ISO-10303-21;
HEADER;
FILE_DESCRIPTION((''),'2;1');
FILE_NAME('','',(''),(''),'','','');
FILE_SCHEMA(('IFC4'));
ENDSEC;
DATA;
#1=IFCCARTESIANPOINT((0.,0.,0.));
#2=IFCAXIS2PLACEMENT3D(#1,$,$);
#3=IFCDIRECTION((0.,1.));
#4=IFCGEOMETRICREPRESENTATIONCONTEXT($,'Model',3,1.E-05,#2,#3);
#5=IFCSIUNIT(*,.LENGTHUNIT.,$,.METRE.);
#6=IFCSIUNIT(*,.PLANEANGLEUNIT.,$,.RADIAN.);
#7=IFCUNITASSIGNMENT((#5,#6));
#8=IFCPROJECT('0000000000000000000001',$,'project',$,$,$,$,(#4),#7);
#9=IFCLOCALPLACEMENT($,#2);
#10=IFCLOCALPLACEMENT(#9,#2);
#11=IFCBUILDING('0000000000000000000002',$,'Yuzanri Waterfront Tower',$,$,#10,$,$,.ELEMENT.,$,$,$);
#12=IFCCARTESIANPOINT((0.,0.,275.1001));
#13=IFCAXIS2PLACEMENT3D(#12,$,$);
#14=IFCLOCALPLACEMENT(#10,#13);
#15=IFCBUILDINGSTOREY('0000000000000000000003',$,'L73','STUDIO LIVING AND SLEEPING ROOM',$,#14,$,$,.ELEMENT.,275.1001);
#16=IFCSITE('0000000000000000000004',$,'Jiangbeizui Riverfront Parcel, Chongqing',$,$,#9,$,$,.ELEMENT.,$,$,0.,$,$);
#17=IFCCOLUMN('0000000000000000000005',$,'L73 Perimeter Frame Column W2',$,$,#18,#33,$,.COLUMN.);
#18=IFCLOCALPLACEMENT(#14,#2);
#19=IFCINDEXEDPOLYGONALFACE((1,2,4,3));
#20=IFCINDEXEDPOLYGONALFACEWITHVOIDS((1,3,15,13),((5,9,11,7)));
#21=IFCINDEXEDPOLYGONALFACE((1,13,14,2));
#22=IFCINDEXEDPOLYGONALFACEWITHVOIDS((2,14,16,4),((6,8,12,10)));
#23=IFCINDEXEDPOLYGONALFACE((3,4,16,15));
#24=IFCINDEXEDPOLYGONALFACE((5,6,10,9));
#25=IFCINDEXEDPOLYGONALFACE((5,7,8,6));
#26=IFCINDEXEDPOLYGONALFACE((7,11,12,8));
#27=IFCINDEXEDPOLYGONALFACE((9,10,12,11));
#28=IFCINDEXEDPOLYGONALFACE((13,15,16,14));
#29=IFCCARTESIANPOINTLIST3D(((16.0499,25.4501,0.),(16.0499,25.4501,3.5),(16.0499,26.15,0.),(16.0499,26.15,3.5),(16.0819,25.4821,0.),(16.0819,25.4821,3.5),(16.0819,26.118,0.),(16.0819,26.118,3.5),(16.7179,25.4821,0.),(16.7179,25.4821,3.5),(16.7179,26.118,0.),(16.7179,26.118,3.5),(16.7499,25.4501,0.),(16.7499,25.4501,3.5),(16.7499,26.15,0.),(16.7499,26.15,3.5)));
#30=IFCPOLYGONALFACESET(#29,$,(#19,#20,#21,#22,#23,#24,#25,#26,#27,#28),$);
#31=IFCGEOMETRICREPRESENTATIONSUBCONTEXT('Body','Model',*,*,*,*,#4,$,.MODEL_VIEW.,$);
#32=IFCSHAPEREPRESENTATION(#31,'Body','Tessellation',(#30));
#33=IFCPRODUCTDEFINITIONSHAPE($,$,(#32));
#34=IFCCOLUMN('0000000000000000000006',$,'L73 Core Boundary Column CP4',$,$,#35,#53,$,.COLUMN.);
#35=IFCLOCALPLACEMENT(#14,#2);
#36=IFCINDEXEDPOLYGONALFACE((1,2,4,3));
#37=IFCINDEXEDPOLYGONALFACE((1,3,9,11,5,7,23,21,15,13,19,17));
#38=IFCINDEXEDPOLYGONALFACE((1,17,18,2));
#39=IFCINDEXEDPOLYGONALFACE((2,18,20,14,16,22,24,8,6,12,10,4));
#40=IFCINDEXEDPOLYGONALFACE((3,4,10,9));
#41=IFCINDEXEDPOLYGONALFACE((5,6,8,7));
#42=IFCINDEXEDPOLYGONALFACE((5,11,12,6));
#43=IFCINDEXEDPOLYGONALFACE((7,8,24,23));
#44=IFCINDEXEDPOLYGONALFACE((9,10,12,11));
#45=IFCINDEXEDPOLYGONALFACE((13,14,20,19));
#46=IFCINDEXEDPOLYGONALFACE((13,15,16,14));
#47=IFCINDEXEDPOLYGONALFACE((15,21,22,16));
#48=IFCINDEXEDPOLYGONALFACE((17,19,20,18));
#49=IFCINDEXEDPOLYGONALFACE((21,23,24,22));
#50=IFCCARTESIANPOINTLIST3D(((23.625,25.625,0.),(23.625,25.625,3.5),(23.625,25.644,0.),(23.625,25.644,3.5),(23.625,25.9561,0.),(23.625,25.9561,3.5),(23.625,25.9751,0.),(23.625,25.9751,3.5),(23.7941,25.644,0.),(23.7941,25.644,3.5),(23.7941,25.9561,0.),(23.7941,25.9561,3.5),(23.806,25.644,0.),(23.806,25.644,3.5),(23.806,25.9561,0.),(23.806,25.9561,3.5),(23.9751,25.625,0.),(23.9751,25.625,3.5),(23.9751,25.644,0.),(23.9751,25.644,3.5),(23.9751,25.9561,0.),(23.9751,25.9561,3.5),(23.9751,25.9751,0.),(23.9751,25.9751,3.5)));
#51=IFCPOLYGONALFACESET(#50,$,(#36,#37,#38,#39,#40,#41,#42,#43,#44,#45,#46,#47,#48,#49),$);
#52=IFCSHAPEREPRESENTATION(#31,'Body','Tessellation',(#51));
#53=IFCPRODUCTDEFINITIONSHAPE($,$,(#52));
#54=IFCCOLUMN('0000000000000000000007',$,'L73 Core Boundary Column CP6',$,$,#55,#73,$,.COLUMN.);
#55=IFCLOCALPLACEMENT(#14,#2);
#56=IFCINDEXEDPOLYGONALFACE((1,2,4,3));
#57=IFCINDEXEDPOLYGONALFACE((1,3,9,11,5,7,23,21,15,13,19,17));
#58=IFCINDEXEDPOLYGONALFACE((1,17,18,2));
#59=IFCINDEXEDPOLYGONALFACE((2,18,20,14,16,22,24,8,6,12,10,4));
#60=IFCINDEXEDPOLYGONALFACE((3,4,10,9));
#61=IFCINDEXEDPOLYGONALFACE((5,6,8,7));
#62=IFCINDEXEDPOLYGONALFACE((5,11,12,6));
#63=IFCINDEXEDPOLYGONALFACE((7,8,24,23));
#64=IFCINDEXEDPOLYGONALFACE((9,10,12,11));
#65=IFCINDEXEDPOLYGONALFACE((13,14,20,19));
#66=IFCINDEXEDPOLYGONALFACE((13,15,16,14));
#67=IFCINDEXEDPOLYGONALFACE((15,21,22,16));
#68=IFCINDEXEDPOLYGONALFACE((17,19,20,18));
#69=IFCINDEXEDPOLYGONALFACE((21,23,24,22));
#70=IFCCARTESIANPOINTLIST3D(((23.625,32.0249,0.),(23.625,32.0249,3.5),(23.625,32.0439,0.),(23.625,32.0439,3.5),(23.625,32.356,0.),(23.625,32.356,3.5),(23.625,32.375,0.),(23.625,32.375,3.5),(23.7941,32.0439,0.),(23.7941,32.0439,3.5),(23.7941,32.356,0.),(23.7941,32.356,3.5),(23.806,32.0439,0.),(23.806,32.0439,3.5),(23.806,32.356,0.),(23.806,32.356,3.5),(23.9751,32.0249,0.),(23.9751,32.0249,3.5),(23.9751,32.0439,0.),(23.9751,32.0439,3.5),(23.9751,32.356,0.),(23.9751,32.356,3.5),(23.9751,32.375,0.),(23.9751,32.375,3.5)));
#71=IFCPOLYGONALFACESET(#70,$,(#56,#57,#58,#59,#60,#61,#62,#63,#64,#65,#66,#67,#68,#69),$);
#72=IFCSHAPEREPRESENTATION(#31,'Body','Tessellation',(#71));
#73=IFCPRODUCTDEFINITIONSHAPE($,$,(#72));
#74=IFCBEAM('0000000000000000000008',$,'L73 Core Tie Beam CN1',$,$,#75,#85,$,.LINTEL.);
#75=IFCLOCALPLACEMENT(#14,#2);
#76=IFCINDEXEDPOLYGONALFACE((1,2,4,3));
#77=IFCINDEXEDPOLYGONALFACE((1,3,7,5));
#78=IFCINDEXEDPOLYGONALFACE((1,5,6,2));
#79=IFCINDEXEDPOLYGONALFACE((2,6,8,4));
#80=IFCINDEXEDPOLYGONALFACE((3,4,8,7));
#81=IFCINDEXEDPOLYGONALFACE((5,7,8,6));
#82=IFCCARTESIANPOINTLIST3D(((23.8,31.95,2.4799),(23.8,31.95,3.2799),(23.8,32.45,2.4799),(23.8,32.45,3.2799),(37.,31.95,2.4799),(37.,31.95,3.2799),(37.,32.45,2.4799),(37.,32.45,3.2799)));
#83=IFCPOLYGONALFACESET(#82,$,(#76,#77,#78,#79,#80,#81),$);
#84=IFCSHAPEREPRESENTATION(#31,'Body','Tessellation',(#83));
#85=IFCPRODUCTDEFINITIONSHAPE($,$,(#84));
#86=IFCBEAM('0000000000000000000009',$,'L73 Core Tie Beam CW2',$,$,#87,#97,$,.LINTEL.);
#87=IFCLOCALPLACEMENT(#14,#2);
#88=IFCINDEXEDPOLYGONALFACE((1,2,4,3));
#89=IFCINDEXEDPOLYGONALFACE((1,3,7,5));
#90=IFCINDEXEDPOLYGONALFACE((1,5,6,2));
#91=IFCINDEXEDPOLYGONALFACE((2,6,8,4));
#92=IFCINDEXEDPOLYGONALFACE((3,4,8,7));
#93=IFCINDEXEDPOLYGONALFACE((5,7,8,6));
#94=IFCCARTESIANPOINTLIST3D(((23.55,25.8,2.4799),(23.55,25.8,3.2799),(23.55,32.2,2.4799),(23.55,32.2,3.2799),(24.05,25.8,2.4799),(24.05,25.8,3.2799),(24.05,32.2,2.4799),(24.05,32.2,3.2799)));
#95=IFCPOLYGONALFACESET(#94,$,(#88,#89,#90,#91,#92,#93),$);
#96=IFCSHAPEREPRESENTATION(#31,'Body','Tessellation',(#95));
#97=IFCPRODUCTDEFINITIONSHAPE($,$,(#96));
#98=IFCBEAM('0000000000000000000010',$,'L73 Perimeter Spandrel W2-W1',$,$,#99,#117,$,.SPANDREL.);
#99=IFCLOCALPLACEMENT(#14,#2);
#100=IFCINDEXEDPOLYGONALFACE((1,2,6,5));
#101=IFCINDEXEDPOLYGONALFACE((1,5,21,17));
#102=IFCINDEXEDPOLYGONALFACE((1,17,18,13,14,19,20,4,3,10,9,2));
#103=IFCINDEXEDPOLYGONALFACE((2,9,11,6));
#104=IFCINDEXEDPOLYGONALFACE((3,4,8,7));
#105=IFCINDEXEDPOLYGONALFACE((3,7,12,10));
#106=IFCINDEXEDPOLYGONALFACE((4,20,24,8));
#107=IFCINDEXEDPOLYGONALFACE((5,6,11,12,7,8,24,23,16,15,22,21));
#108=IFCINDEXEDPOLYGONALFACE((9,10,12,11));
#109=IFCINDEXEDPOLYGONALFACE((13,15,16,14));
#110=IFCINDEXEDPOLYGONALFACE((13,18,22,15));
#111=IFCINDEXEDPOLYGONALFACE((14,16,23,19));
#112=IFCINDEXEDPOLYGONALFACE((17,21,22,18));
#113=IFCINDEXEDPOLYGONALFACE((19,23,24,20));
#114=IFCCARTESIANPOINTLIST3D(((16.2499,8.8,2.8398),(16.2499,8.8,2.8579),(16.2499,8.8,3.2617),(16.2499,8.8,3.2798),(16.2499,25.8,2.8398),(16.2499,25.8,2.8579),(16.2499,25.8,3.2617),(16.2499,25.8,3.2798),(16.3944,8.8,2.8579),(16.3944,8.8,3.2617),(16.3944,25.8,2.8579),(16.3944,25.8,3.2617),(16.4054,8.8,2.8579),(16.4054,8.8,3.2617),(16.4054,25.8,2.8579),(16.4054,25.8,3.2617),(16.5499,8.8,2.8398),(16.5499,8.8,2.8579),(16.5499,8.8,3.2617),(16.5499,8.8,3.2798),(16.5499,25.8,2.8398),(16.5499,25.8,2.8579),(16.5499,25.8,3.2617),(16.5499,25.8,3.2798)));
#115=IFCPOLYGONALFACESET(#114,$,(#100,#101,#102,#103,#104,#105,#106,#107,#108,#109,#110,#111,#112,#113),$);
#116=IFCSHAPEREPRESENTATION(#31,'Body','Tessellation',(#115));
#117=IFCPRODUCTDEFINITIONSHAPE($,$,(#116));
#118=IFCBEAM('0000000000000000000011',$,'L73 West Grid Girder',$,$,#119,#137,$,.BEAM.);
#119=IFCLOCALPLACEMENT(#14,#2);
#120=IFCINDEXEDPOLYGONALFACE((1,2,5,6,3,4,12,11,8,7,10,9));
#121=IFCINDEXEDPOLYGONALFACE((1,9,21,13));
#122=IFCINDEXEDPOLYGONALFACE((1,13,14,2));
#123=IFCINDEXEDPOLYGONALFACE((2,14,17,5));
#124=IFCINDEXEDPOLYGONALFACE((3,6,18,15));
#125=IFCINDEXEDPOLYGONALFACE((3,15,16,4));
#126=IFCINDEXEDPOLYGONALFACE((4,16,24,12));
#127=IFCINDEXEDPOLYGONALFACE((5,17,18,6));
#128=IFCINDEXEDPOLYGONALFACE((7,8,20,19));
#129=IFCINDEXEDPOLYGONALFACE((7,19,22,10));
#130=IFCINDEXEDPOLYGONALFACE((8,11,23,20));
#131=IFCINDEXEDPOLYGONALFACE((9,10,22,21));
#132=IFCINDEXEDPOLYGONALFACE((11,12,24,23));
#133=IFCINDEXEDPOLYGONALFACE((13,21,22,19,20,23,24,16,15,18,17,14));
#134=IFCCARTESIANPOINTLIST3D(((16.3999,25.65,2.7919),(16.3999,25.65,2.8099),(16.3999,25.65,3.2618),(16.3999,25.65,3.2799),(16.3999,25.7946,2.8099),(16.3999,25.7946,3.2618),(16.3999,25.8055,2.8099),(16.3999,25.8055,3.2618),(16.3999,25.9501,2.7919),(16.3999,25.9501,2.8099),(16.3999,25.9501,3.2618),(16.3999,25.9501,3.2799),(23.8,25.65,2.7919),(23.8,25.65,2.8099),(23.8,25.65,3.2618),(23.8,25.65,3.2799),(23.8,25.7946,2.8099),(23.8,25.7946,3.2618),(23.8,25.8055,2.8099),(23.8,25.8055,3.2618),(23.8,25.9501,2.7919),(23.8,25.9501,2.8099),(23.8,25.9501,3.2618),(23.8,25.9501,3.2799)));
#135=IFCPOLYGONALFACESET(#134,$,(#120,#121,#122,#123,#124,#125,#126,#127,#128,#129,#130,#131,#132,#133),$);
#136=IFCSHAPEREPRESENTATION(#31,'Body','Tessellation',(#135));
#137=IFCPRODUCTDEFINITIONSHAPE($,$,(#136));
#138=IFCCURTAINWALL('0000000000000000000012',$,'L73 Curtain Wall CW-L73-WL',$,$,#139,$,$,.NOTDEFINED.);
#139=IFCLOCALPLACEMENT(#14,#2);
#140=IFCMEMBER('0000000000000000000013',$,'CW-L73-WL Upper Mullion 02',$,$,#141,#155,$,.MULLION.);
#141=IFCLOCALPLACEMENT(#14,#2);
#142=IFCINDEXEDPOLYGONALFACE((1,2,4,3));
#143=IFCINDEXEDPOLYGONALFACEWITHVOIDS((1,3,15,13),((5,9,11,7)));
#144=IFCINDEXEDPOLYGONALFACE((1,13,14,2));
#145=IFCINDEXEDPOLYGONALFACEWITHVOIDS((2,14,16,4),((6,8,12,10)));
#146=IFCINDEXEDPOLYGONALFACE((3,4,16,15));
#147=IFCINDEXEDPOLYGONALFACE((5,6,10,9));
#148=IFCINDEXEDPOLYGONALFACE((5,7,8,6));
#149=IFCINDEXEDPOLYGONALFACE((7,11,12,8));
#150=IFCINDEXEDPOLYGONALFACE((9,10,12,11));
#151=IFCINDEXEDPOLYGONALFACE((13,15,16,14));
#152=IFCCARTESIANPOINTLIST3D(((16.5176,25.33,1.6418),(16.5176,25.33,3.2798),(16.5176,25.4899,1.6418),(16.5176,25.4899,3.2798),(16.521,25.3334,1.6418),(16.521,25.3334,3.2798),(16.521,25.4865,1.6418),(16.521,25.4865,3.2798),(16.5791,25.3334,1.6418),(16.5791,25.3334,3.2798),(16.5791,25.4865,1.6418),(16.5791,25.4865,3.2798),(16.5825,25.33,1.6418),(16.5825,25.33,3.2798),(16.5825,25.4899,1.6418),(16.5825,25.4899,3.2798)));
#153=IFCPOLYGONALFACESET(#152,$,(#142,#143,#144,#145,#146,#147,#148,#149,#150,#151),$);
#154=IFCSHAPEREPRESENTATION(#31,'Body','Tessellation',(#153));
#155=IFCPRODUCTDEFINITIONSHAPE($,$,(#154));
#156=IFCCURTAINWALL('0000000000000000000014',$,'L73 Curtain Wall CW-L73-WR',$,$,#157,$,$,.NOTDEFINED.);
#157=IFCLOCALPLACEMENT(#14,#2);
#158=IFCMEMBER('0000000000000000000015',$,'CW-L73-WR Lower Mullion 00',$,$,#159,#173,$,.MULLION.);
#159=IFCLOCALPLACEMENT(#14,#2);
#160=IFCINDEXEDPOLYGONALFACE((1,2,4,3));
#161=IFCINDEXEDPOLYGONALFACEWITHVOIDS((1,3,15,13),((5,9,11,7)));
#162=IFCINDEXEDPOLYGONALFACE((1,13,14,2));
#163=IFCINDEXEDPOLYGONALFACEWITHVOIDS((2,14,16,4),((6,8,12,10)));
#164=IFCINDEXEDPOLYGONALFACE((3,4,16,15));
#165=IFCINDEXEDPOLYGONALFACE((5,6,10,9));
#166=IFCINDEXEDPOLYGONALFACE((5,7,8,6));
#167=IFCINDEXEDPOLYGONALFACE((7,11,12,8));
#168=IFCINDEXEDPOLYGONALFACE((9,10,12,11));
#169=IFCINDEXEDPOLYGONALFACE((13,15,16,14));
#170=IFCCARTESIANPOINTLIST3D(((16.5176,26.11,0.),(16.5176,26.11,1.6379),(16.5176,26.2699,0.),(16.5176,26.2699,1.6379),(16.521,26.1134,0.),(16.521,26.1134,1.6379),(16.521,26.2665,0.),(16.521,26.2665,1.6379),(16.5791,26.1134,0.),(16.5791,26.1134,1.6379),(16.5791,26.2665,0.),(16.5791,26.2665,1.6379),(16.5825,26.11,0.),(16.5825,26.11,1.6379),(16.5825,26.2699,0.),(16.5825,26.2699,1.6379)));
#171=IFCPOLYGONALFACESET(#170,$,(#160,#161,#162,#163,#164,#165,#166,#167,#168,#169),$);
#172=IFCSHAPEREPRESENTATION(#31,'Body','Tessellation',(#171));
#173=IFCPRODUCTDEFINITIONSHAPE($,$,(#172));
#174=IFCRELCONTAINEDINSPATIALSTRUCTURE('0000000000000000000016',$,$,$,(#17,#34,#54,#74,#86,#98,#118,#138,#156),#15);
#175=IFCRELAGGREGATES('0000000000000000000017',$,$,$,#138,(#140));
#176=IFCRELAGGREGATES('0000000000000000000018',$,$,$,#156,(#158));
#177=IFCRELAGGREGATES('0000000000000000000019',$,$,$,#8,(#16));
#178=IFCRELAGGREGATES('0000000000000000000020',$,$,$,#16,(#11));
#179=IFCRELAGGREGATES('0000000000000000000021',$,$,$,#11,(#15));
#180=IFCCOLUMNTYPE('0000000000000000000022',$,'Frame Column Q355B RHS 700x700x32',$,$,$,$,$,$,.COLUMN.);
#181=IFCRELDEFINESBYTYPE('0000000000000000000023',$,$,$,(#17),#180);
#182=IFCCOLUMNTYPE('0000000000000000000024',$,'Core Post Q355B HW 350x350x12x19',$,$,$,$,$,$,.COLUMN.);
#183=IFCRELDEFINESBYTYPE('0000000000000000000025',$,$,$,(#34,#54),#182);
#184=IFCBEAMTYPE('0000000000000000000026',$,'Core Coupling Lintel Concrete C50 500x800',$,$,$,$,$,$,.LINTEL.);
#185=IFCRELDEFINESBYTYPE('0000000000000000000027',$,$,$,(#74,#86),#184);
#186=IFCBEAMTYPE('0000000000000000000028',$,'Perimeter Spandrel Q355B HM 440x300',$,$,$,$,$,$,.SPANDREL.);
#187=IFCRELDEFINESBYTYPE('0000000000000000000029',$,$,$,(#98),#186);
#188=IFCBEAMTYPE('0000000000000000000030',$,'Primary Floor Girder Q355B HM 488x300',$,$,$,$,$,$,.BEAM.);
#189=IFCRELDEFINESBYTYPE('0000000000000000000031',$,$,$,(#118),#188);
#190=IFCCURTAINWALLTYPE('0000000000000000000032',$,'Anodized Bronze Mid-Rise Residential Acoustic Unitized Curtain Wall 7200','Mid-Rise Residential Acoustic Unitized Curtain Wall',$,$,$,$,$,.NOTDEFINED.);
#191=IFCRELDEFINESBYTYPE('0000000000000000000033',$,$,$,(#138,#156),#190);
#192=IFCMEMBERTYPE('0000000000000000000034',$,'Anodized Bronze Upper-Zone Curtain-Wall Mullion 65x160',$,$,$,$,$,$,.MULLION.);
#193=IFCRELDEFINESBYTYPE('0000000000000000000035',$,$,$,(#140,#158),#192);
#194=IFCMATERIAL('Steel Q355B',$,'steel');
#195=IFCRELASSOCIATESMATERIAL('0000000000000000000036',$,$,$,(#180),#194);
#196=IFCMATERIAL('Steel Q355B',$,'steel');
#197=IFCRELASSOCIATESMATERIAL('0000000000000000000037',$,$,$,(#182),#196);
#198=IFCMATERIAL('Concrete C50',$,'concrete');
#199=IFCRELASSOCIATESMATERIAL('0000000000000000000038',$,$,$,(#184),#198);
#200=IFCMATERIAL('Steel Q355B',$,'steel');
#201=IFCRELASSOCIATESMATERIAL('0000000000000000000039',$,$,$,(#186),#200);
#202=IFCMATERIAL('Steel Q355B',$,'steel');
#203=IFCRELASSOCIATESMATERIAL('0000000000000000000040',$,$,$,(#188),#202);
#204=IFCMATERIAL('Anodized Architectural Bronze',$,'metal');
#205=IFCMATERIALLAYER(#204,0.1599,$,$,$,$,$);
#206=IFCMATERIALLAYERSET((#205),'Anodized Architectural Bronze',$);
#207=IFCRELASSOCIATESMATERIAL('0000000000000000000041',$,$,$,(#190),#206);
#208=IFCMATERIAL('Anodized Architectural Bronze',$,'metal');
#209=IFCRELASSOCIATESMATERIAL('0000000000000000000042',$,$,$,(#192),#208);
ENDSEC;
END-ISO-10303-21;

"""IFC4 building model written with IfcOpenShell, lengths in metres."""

from ifc_helpers import new_model, si_unit, direction, frame, origin, origin_2d, place, context, subcontext, project, spatial, rectangle, hollow_rectangle, i_section, extrude, source, transform, mapped, material, layer, layer_set, material_profile, profile_set, type_object, element, aggregate, save


model = new_model("IFC4")

# Units and contexts
model_context = context("Model", 3, precision=1e-05, world=origin(), true_north=direction((0.0, 1.0)))
body_context = subcontext(model_context, "Body", "Model", "MODEL_VIEW")
ifc_project = project(units=[si_unit("LENGTHUNIT", "METRE"), si_unit("PLANEANGLEUNIT", "RADIAN")], contexts=[model_context])

# Site, building, storey
site_placement = place(None, origin())
site = spatial("IfcSite", under=ifc_project, at=site_placement, Name="Jiangbeizui Riverfront Parcel, Chongqing", CompositionType="ELEMENT", RefElevation=0.0)
building_placement = place(site_placement, origin())
building = spatial("IfcBuilding", under=site, at=building_placement, Name="Yuzanri Waterfront Tower", CompositionType="ELEMENT")
storey_placement = place(building_placement, frame((0.0, 0.0, 275.1001)))
storey = spatial("IfcBuildingStorey", under=building, at=storey_placement, Name="L73", Description="STUDIO LIVING AND SLEEPING ROOM", CompositionType="ELEMENT", Elevation=275.1001)

# Columns
ifc_material_1 = material(Name="Steel Q355B", Category="steel")
ifc_material_profile_1 = material_profile(ifc_material_1, hollow_rectangle(XDim=0.7, YDim=0.7, WallThickness=0.032, at=origin_2d()), Name="RHS 700x700x32")
ifc_profile_set_1 = profile_set([ifc_material_profile_1], Name="Steel Q355B")
column_type_1 = type_object("IfcColumnType", Name="Frame Column Q355B RHS 700x700x32", PredefinedType="COLUMN", material=ifc_profile_set_1)
shared_shape_1 = source(origin(), body_context, "Body", "SweptSolid", [
    extrude(hollow_rectangle(XDim=0.7, YDim=0.7, WallThickness=0.032, at=origin_2d()), origin(), (0.0, 0.0, 1.0), 3.5),
])
column_placement = place(storey_placement, frame((16.3999, 25.8, 0.0), z_axis=(0.0, 0.0, 1.0), x_axis=(1.0, 0.0, 0.0)))
element("IfcColumn", 1, at=column_placement, inside=storey, type_object=column_type_1, Name="L73 Perimeter Frame Column W2", PredefinedType="COLUMN", context=body_context, shape_type="MappedRepresentation", body=[
    mapped(shared_shape_1, transform((0.0, 0.0, 0.0), scale=1.0)),
])
ifc_material_2 = material(Name="Steel Q355B", Category="steel")
ifc_material_profile_2 = material_profile(ifc_material_2, i_section(OverallWidth=0.3501, OverallDepth=0.3501, WebThickness=0.012, FlangeThickness=0.019, at=origin_2d()), Name="HW 350x350x12x19")
ifc_profile_set_2 = profile_set([ifc_material_profile_2], Name="Steel Q355B")
column_type_2 = type_object("IfcColumnType", Name="Core Post Q355B HW 350x350x12x19", PredefinedType="COLUMN", material=ifc_profile_set_2)
shared_shape_2 = source(origin(), body_context, "Body", "SweptSolid", [
    extrude(i_section(OverallWidth=0.3501, OverallDepth=0.3501, WebThickness=0.012, FlangeThickness=0.019, at=origin_2d()), origin(), (0.0, 0.0, 1.0), 3.5),
])
for number, where, z_axis, x_axis, name in (
    (2, (23.8, 25.8, 0.0), (0.0, 0.0, 1.0), (1.0, 0.0, 0.0), "L73 Core Boundary Column CP4"),
    (3, (23.8, 32.2, 0.0), (0.0, 0.0, 1.0), (1.0, 0.0, 0.0), "L73 Core Boundary Column CP6"),
):
    element("IfcColumn", number, at=place(storey_placement, frame(where, z_axis=z_axis, x_axis=x_axis)), inside=storey, type_object=column_type_2, Name=name, PredefinedType="COLUMN", context=body_context, shape_type="MappedRepresentation", body=[
        mapped(shared_shape_2, transform((0.0, 0.0, 0.0), scale=1.0)),
    ])

# Beams
ifc_material_3 = material(Name="Concrete C50", Category="concrete")
ifc_material_profile_3 = material_profile(ifc_material_3, rectangle(XDim=0.5, YDim=0.8, at=origin_2d()), Name="RC 500x800")
ifc_profile_set_3 = profile_set([ifc_material_profile_3], Name="Concrete C50")
beam_type_1 = type_object("IfcBeamType", Name="Core Coupling Lintel Concrete C50 500x800", PredefinedType="LINTEL", material=ifc_profile_set_3)
shared_shape_3 = source(origin(), body_context, "Body", "SweptSolid", [
    extrude(rectangle(XDim=0.5, YDim=0.8, at=origin_2d()), origin(), (0.0, 0.0, 1.0), 13.2),
])
beam_1_placement = place(storey_placement, frame((23.8, 32.2, 2.8799), z_axis=(1.0, 0.0, 0.0), x_axis=(0.0, 1.0, 0.0)))
element("IfcBeam", 4, at=beam_1_placement, inside=storey, type_object=beam_type_1, Name="L73 Core Tie Beam CN1", PredefinedType="LINTEL", context=body_context, shape_type="MappedRepresentation", body=[
    mapped(shared_shape_3, transform((0.0, 0.0, 0.0), scale=1.0)),
])
shared_shape_4 = source(origin(), body_context, "Body", "SweptSolid", [
    extrude(rectangle(XDim=0.5, YDim=0.8, at=origin_2d()), origin(), (0.0, 0.0, 1.0), 6.3999),
])
beam_2_placement = place(storey_placement, frame((23.8, 25.8, 2.8799), z_axis=(0.0, 1.0, 0.0), x_axis=(-1.0, 0.0, 0.0)))
element("IfcBeam", 5, at=beam_2_placement, inside=storey, type_object=beam_type_1, Name="L73 Core Tie Beam CW2", PredefinedType="LINTEL", context=body_context, shape_type="MappedRepresentation", body=[
    mapped(shared_shape_4, transform((0.0, 0.0, 0.0), scale=1.0)),
])
ifc_material_4 = material(Name="Steel Q355B", Category="steel")
ifc_material_profile_4 = material_profile(ifc_material_4, i_section(OverallWidth=0.3, OverallDepth=0.4399, WebThickness=0.011, FlangeThickness=0.0181, at=origin_2d()), Name="HM 440x300x11x18")
ifc_profile_set_4 = profile_set([ifc_material_profile_4], Name="Steel Q355B")
beam_type_2 = type_object("IfcBeamType", Name="Perimeter Spandrel Q355B HM 440x300", PredefinedType="SPANDREL", material=ifc_profile_set_4)
shared_shape_5 = source(origin(), body_context, "Body", "SweptSolid", [
    extrude(i_section(OverallWidth=0.3, OverallDepth=0.4399, WebThickness=0.011, FlangeThickness=0.0181, at=origin_2d()), origin(), (0.0, 0.0, 1.0), 17.0),
])
beam_3_placement = place(storey_placement, frame((16.3999, 25.8, 3.0598), z_axis=(0.0, -1.0, 0.0), x_axis=(1.0, 0.0, 0.0)))
element("IfcBeam", 6, at=beam_3_placement, inside=storey, type_object=beam_type_2, Name="L73 Perimeter Spandrel W2-W1", PredefinedType="SPANDREL", context=body_context, shape_type="MappedRepresentation", body=[
    mapped(shared_shape_5, transform((0.0, 0.0, 0.0), scale=1.0)),
])
ifc_material_5 = material(Name="Steel Q355B", Category="steel")
ifc_material_profile_5 = material_profile(ifc_material_5, i_section(OverallWidth=0.3, OverallDepth=0.488, WebThickness=0.011, FlangeThickness=0.0181, at=origin_2d()), Name="HM 488x300x11x18")
ifc_profile_set_5 = profile_set([ifc_material_profile_5], Name="Steel Q355B")
beam_type_3 = type_object("IfcBeamType", Name="Primary Floor Girder Q355B HM 488x300", PredefinedType="BEAM", material=ifc_profile_set_5)
shared_shape_6 = source(origin(), body_context, "Body", "SweptSolid", [
    extrude(i_section(OverallWidth=0.3, OverallDepth=0.488, WebThickness=0.011, FlangeThickness=0.0181, at=origin_2d()), origin(), (0.0, 0.0, 1.0), 7.4001),
])
beam_4_placement = place(storey_placement, frame((23.8, 25.8, 3.0359), z_axis=(-1.0, 0.0, 0.0), x_axis=(0.0, -1.0, 0.0)))
element("IfcBeam", 7, at=beam_4_placement, inside=storey, type_object=beam_type_3, Name="L73 West Grid Girder", PredefinedType="BEAM", context=body_context, shape_type="MappedRepresentation", body=[
    mapped(shared_shape_6, transform((0.0, 0.0, 0.0), scale=1.0)),
])

# Curtain wall, member
ifc_material_6 = material(Name="Anodized Architectural Bronze", Category="metal")
ifc_layer_1 = layer(ifc_material_6, 0.1599)
ifc_layer_set_1 = layer_set([ifc_layer_1], Name="Anodized Architectural Bronze")
curtain_wall_type = type_object("IfcCurtainWallType", Name="Anodized Bronze Mid-Rise Residential Acoustic Unitized Curtain Wall 7200", Description="Mid-Rise Residential Acoustic Unitized Curtain Wall", PredefinedType="NOTDEFINED", material=ifc_layer_set_1)
curtain_wall_1_placement = place(storey_placement, origin())
curtain_wall_1 = element("IfcCurtainWall", 8, at=curtain_wall_1_placement, inside=storey, type_object=curtain_wall_type, Name="L73 Curtain Wall CW-L73-WL", PredefinedType="NOTDEFINED")
ifc_material_7 = material(Name="Anodized Architectural Bronze", Category="metal")
ifc_material_profile_6 = material_profile(ifc_material_7, hollow_rectangle(XDim=0.0649, YDim=0.1599, WallThickness=0.0034, at=origin_2d()), Name="CWM 65x160")
ifc_profile_set_6 = profile_set([ifc_material_profile_6], Name="Anodized Architectural Bronze")
member_type_1 = type_object("IfcMemberType", Name="Anodized Bronze Upper-Zone Curtain-Wall Mullion 65x160", PredefinedType="MULLION", material=ifc_profile_set_6)
shared_shape_7 = source(origin(), body_context, "Body", "SweptSolid", [
    extrude(hollow_rectangle(XDim=0.0649, YDim=0.1599, WallThickness=0.0034, at=origin_2d()), origin(), (0.0, 0.0, 1.0), 1.6379),
])
member_1_placement = place(storey_placement, frame((16.55, 25.4099, 1.6418), z_axis=(0.0, 0.0, 1.0), x_axis=(1.0, 0.0, 0.0)))
member_1 = element("IfcMember", 9, at=member_1_placement, type_object=member_type_1, Name="CW-L73-WL Upper Mullion 02", PredefinedType="MULLION", context=body_context, shape_type="MappedRepresentation", body=[
    mapped(shared_shape_7, transform((0.0, 0.0, 0.0), scale=1.0)),
])
aggregate(curtain_wall_1, [member_1])

# Curtain wall, member
curtain_wall_2_placement = place(storey_placement, origin())
curtain_wall_2 = element("IfcCurtainWall", 10, at=curtain_wall_2_placement, inside=storey, type_object=curtain_wall_type, Name="L73 Curtain Wall CW-L73-WR", PredefinedType="NOTDEFINED")
member_2_placement = place(storey_placement, frame((16.55, 26.1899, 0.0), z_axis=(0.0, 0.0, 1.0), x_axis=(1.0, 0.0, 0.0)))
member_2 = element("IfcMember", 11, at=member_2_placement, type_object=member_type_1, Name="CW-L73-WR Lower Mullion 00", PredefinedType="MULLION", context=body_context, shape_type="MappedRepresentation", body=[
    mapped(shared_shape_7, transform((0.0, 0.0, 0.0), scale=1.0)),
])
aggregate(curtain_wall_2, [member_2])

save(model, "model.ifc")
